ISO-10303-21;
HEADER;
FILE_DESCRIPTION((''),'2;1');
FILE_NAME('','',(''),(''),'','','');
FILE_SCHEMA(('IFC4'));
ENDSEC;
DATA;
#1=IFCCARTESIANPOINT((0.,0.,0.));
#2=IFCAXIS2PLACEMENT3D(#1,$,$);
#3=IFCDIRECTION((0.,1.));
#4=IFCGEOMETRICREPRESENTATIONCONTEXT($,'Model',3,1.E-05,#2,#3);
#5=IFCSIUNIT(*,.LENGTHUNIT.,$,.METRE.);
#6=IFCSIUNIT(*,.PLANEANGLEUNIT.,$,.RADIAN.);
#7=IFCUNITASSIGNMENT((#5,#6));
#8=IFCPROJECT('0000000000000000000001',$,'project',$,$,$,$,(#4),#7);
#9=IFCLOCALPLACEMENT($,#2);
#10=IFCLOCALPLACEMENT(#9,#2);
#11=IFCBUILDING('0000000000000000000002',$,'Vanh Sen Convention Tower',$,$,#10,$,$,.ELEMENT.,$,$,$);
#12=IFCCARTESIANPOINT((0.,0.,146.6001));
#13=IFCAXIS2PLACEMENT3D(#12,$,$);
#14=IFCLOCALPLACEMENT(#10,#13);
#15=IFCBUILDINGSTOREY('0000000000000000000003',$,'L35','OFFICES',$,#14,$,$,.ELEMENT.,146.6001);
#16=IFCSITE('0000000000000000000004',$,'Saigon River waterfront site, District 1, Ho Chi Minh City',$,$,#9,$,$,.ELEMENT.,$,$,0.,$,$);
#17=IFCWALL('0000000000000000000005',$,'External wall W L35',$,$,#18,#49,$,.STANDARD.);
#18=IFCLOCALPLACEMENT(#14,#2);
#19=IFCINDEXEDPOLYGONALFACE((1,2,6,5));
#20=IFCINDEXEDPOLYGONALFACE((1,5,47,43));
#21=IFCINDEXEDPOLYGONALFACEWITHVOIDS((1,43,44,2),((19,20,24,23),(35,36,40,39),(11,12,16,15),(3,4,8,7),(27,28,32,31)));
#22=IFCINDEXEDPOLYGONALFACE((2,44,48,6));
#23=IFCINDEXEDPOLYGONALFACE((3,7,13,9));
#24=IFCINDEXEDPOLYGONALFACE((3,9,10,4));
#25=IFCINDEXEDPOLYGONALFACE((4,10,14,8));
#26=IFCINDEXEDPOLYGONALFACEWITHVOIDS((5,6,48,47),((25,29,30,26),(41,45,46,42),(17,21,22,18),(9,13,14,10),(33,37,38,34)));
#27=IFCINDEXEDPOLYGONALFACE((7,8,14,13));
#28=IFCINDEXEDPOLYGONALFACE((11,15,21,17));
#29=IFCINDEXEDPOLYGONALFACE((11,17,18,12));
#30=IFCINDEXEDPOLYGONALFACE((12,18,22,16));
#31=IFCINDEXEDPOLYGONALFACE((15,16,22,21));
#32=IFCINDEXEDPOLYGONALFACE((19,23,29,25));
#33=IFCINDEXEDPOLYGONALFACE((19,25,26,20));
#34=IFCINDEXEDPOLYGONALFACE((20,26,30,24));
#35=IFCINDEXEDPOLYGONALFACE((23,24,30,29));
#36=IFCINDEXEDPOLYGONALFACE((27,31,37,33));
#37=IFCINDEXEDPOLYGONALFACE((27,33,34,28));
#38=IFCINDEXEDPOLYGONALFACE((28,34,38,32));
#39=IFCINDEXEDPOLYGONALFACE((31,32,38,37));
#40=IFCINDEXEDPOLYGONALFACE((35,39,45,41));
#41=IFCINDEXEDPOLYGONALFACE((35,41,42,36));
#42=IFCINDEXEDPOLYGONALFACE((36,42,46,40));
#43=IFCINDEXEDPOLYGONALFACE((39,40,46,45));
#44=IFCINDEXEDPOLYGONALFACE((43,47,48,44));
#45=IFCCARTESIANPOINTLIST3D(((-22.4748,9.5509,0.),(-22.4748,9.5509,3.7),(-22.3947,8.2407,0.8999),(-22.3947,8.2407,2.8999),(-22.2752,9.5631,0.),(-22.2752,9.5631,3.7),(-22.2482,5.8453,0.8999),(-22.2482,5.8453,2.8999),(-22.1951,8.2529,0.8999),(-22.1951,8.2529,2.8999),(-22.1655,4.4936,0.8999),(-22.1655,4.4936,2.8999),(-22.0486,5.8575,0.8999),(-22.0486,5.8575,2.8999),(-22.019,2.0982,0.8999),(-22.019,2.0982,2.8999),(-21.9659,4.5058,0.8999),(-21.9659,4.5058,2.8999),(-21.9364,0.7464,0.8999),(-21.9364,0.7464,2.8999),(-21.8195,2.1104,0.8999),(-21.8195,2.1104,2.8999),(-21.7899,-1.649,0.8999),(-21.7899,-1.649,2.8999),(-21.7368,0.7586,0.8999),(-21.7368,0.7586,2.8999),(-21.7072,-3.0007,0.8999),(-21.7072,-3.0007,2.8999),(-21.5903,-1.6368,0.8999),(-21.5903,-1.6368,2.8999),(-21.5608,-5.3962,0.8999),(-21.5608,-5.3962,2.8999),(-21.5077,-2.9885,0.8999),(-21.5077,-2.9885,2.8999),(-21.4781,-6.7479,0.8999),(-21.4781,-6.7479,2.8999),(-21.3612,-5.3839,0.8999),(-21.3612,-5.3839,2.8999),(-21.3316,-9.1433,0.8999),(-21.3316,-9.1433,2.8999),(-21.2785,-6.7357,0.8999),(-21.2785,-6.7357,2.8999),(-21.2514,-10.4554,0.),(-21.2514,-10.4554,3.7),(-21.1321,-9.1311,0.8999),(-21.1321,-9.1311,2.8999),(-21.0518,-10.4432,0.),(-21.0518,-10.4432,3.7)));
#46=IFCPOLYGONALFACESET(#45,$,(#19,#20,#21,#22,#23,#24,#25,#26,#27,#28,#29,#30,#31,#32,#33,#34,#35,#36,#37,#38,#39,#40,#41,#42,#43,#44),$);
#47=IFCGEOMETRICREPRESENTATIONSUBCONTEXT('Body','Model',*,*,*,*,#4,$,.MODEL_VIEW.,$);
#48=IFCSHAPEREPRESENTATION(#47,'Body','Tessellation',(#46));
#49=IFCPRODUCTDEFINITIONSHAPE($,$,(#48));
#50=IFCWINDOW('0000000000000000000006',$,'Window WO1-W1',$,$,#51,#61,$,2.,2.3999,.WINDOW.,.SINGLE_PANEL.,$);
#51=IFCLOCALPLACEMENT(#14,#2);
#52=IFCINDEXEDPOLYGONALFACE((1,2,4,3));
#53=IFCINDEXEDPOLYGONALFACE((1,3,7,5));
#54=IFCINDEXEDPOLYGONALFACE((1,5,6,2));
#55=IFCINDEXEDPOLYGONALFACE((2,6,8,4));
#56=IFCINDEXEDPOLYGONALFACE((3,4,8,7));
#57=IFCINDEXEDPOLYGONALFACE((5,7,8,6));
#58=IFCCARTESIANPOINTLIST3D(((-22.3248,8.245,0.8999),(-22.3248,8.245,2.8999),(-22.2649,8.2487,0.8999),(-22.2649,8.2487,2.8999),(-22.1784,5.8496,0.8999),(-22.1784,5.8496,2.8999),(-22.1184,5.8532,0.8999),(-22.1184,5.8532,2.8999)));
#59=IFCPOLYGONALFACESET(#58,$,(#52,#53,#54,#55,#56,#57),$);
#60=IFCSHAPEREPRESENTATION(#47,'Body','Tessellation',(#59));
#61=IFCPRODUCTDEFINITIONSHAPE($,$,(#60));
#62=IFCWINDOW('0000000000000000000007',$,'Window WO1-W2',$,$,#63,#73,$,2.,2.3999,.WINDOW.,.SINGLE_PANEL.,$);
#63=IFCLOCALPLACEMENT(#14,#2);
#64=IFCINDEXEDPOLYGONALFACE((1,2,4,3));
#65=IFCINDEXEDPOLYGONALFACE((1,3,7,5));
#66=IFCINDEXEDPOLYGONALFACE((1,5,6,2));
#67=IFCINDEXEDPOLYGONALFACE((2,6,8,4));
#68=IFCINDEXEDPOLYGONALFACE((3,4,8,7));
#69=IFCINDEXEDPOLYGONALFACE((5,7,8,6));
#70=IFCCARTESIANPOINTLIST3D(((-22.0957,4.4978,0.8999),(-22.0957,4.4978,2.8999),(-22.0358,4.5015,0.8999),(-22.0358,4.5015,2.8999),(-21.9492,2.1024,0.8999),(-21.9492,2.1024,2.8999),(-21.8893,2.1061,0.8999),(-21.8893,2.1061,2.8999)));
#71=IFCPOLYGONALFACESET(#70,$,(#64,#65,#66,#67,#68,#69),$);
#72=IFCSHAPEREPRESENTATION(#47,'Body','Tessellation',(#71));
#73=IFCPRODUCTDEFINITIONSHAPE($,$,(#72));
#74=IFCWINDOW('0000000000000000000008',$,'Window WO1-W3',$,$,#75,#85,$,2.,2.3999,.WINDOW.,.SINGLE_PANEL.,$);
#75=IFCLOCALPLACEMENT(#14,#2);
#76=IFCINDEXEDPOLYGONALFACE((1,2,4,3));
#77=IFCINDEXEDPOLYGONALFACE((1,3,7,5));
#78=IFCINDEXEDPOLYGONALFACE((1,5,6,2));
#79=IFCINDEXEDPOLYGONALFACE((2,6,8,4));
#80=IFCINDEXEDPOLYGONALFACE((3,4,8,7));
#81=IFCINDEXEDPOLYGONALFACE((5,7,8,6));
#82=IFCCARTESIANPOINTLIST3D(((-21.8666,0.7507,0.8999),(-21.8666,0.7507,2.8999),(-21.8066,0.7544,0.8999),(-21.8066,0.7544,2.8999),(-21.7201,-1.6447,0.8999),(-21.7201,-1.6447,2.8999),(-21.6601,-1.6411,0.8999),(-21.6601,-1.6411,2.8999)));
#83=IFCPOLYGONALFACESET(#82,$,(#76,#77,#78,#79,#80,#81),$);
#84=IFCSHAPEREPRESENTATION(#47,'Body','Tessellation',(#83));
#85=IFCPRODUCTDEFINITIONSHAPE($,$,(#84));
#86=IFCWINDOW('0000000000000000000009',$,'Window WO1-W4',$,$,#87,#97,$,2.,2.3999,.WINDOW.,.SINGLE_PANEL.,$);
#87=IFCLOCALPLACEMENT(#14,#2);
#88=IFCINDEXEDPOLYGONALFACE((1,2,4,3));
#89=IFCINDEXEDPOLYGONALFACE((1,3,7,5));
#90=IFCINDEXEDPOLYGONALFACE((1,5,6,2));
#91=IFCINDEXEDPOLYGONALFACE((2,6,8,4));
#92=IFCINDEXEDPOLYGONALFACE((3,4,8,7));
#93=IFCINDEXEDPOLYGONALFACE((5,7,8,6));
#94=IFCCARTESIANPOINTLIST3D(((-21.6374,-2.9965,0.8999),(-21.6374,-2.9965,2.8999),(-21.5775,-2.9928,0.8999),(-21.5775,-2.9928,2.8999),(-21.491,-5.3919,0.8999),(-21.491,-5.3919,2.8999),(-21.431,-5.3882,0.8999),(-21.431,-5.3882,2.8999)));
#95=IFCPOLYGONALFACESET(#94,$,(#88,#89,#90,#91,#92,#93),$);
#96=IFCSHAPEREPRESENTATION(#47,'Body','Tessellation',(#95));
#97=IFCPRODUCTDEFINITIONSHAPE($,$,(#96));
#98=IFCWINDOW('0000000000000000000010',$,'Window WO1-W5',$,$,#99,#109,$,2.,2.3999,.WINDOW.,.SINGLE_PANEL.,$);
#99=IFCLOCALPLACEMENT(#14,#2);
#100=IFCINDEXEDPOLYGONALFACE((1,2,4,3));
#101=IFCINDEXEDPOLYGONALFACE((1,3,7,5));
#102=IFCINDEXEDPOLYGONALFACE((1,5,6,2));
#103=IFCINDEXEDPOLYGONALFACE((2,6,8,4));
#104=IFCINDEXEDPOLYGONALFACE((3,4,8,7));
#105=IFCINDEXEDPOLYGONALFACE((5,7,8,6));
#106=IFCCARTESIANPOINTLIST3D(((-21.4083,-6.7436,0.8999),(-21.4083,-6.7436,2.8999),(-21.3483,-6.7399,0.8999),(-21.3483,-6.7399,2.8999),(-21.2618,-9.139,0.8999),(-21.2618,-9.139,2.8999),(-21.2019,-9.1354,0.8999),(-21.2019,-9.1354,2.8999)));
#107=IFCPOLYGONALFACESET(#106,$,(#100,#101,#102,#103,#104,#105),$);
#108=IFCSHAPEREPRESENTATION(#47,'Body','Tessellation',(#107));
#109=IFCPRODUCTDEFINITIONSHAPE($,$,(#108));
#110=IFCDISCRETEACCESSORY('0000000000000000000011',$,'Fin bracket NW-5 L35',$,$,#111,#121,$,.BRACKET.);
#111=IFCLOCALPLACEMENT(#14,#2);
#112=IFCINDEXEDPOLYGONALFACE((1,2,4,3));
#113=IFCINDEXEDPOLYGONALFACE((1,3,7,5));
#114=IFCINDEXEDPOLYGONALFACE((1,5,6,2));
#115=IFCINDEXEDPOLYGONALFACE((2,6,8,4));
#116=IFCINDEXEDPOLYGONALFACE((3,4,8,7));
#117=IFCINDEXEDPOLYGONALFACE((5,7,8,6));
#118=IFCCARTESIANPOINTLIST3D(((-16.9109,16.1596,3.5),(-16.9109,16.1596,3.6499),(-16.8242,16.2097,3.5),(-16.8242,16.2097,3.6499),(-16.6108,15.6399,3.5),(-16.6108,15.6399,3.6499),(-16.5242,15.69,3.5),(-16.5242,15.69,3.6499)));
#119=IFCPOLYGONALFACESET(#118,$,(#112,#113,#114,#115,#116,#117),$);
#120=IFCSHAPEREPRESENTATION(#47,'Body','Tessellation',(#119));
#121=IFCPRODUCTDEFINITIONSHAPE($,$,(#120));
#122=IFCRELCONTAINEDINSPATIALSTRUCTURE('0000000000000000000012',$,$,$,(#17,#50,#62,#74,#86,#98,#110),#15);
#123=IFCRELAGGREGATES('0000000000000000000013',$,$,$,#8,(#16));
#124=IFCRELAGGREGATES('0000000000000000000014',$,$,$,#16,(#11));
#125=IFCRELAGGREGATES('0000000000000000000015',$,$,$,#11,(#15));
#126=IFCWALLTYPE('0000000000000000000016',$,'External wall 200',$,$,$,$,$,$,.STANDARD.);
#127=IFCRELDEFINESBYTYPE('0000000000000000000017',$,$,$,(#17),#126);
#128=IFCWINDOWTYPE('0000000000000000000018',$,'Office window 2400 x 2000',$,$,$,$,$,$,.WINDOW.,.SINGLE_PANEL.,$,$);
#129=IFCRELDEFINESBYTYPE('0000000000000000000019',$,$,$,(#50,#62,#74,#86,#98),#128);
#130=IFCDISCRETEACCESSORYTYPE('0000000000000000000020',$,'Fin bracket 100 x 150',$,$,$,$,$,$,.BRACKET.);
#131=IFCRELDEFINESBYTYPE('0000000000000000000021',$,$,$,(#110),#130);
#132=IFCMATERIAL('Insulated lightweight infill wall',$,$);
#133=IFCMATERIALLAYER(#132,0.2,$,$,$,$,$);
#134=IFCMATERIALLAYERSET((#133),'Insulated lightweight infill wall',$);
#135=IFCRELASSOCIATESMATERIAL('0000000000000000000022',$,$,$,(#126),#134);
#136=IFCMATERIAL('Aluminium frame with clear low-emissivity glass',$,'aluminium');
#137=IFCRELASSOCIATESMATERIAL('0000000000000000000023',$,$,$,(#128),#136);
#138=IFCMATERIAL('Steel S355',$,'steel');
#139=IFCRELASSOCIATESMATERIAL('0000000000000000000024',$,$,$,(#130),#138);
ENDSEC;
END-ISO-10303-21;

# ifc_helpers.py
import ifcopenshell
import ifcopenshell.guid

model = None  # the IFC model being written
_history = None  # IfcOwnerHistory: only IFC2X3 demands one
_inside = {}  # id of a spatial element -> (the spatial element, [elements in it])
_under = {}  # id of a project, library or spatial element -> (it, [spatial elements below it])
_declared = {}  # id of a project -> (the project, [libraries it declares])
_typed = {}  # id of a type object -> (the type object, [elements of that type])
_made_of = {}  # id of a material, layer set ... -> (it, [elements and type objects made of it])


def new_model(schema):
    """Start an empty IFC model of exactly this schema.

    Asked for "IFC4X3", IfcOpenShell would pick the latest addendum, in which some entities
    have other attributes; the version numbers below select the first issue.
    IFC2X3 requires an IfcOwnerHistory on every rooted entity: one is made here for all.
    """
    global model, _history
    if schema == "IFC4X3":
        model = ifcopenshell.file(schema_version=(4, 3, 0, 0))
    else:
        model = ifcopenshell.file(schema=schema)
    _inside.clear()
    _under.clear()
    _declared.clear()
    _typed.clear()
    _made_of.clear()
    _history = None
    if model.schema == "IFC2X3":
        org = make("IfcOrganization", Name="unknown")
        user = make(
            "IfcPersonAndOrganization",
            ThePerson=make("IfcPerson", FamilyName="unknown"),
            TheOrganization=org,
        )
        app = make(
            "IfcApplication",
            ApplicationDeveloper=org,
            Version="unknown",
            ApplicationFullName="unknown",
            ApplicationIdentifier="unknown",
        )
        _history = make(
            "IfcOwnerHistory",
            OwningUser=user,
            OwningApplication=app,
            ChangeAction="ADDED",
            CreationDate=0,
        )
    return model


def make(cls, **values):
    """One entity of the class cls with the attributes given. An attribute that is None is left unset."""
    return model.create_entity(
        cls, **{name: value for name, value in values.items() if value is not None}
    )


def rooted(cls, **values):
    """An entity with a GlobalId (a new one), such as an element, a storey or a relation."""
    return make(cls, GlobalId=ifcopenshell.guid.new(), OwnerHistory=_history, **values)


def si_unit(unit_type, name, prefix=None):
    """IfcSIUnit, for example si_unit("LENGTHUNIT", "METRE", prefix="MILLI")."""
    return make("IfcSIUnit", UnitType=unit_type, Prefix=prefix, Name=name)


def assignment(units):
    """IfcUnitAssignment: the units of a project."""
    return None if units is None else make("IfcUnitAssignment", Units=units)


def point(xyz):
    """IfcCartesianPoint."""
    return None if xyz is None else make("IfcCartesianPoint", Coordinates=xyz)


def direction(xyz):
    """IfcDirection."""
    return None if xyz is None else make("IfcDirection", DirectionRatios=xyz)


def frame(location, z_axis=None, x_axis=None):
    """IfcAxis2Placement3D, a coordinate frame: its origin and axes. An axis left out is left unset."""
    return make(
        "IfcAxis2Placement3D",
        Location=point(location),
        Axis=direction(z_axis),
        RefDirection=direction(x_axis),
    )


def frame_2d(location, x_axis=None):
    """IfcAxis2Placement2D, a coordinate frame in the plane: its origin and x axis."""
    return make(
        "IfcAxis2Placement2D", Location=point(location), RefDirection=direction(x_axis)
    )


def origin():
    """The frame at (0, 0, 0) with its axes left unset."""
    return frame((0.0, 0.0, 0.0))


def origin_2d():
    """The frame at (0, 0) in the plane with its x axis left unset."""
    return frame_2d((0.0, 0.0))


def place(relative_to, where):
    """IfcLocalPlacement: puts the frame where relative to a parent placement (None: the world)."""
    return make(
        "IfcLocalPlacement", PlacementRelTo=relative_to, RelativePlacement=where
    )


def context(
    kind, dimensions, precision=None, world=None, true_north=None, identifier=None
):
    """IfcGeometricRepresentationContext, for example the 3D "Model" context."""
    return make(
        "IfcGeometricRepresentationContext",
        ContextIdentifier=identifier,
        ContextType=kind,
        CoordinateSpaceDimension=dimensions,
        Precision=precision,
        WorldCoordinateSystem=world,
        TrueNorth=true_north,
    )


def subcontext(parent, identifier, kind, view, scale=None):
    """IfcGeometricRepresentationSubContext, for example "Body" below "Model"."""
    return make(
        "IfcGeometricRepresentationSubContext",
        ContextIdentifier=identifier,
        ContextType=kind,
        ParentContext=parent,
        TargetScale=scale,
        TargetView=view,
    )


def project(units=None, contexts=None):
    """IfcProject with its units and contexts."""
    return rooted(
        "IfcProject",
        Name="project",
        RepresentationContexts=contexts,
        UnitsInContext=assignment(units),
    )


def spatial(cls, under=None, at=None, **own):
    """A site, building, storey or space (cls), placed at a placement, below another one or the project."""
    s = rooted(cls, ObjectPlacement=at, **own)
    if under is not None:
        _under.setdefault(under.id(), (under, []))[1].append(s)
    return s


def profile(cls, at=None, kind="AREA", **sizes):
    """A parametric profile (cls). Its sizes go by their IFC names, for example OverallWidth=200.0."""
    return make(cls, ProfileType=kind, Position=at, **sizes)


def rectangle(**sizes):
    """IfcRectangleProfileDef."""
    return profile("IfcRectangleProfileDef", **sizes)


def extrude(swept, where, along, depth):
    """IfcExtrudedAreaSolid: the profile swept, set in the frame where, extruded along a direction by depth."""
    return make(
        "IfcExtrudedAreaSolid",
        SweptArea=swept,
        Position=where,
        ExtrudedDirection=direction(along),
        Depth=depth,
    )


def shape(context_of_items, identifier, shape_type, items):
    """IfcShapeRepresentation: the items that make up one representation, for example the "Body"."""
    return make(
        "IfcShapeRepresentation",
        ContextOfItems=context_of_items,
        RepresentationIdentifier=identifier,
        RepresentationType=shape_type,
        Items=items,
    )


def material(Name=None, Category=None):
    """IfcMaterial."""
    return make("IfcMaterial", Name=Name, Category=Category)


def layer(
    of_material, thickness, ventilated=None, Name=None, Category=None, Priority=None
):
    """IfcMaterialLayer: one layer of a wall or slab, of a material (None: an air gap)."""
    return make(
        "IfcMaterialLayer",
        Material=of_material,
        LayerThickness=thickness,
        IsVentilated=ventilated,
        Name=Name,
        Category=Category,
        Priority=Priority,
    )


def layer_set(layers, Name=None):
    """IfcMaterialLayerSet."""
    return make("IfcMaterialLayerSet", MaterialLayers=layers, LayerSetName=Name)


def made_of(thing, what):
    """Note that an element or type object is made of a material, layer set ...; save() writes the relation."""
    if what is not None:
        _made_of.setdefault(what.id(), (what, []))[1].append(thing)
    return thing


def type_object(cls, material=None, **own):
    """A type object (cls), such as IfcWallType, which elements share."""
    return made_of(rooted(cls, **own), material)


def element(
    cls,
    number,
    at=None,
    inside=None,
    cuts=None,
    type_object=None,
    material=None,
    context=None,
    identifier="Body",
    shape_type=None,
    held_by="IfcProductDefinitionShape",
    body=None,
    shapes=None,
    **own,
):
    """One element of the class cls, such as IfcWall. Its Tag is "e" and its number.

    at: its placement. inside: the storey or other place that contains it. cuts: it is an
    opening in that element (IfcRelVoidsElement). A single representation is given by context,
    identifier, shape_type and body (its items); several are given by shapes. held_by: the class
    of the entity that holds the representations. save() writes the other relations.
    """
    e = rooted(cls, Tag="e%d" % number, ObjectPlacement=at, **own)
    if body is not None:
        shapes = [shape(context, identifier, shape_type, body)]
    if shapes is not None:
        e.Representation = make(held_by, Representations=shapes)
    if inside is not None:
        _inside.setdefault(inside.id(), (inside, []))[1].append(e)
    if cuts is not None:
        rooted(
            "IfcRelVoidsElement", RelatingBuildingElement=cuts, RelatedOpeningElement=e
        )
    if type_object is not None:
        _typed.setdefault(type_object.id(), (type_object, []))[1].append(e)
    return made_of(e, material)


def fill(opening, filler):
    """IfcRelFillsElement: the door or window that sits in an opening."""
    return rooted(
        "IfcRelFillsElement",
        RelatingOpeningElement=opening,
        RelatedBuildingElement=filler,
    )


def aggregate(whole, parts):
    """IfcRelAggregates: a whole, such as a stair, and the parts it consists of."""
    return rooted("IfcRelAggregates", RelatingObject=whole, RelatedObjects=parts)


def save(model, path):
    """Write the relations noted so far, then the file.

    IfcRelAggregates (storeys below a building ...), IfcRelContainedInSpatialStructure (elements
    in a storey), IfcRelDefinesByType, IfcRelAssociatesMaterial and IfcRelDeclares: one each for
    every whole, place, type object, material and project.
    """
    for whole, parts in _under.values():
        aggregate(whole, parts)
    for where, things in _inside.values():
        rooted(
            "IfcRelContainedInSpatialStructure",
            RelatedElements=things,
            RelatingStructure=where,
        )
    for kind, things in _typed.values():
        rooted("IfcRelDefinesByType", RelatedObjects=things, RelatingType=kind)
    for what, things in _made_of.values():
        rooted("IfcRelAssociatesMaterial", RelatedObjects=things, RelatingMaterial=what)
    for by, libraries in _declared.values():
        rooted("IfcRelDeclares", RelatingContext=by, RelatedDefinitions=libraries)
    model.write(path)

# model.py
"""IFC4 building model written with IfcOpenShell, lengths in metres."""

from ifc_helpers import new_model, si_unit, direction, frame, frame_2d, origin, origin_2d, place, context, subcontext, project, spatial, rectangle, extrude, material, layer, layer_set, type_object, element, fill, save


model = new_model("IFC4")

# Units and contexts
model_context = context("Model", 3, precision=1e-05, world=origin(), true_north=direction((0.0, 1.0)))
body_context = subcontext(model_context, "Body", "Model", "MODEL_VIEW")
ifc_project = project(units=[si_unit("LENGTHUNIT", "METRE"), si_unit("PLANEANGLEUNIT", "RADIAN")], contexts=[model_context])

# Site, building, storey
site_placement = place(None, origin())
site = spatial("IfcSite", under=ifc_project, at=site_placement, Name="Saigon River waterfront site, District 1, Ho Chi Minh City", CompositionType="ELEMENT", RefElevation=0.0)
building_placement = place(site_placement, origin())
building = spatial("IfcBuilding", under=site, at=building_placement, Name="Vanh Sen Convention Tower", CompositionType="ELEMENT")
storey_placement = place(building_placement, frame((0.0, 0.0, 146.6001)))
storey = spatial("IfcBuildingStorey", under=building, at=storey_placement, Name="L35", Description="OFFICES", CompositionType="ELEMENT", Elevation=146.6001)

# Shared definitions
ifc_material_1 = material(Name="Insulated lightweight infill wall")
ifc_layer_1 = layer(ifc_material_1, 0.2)
ifc_layer_set_1 = layer_set([ifc_layer_1], Name="Insulated lightweight infill wall")
wall_type_1 = type_object("IfcWallType", Name="External wall 200", PredefinedType="STANDARD", material=ifc_layer_set_1)
ifc_material_2 = material(Name="Aluminium frame with clear low-emissivity glass", Category="aluminium")

# Wall, openings, windows
wall_1_placement = place(storey_placement, frame((-22.375, 9.5571, 0.0), z_axis=(0.0, 0.0, 1.0), x_axis=(0.061036, -0.998136, 0.0)))
wall_1 = element("IfcWall", 1, at=wall_1_placement, inside=storey, type_object=wall_type_1, Name="External wall W L35", PredefinedType="STANDARD", context=body_context, shape_type="SweptSolid", body=[
    extrude(rectangle(XDim=20.0437, YDim=0.2, at=frame_2d((10.022, 0.0))), origin(), (0.0, 0.0, 1.0), 3.7),
])
opening_1_placement = place(wall_1_placement, frame((1.3127, 0.0, 0.8999)))
opening_1 = element("IfcOpeningElement", 2, at=opening_1_placement, cuts=wall_1, PredefinedType="OPENING", context=body_context, shape_type="SweptSolid", body=[
    extrude(rectangle(XDim=2.3999, YDim=2.0, at=frame_2d((1.2, 1.0))), frame((0.0, 0.1099, 0.0), z_axis=(0.0, -1.0, 0.0), x_axis=(1.0, 0.0, 0.0)), (0.0, 0.0, 1.0), 0.22),
])
opening_2_placement = place(wall_1_placement, frame((5.0669, 0.0, 0.8999)))
opening_2 = element("IfcOpeningElement", 3, at=opening_2_placement, cuts=wall_1, PredefinedType="OPENING", context=body_context, shape_type="SweptSolid", body=[
    extrude(rectangle(XDim=2.3999, YDim=2.0, at=frame_2d((1.2, 1.0))), frame((0.0, 0.1099, 0.0), z_axis=(0.0, -1.0, 0.0), x_axis=(1.0, 0.0, 0.0)), (0.0, 0.0, 1.0), 0.22),
])
opening_3_placement = place(wall_1_placement, frame((8.821, 0.0, 0.8999)))
opening_3 = element("IfcOpeningElement", 4, at=opening_3_placement, cuts=wall_1, PredefinedType="OPENING", context=body_context, shape_type="SweptSolid", body=[
    extrude(rectangle(XDim=2.3999, YDim=2.0, at=frame_2d((1.2, 1.0))), frame((0.0, 0.1099, 0.0), z_axis=(0.0, -1.0, 0.0), x_axis=(1.0, 0.0, 0.0)), (0.0, 0.0, 1.0), 0.22),
])
opening_4_placement = place(wall_1_placement, frame((12.5752, 0.0, 0.8999)))
opening_4 = element("IfcOpeningElement", 5, at=opening_4_placement, cuts=wall_1, PredefinedType="OPENING", context=body_context, shape_type="SweptSolid", body=[
    extrude(rectangle(XDim=2.3999, YDim=2.0, at=frame_2d((1.2, 1.0))), frame((0.0, 0.1099, 0.0), z_axis=(0.0, -1.0, 0.0), x_axis=(1.0, 0.0, 0.0)), (0.0, 0.0, 1.0), 0.22),
])
opening_5_placement = place(wall_1_placement, frame((16.3293, 0.0, 0.8999)))
opening_5 = element("IfcOpeningElement", 6, at=opening_5_placement, cuts=wall_1, PredefinedType="OPENING", context=body_context, shape_type="SweptSolid", body=[
    extrude(rectangle(XDim=2.3999, YDim=2.0, at=frame_2d((1.2, 1.0))), frame((0.0, 0.1099, 0.0), z_axis=(0.0, -1.0, 0.0), x_axis=(1.0, 0.0, 0.0)), (0.0, 0.0, 1.0), 0.22),
])
window_type_1 = type_object("IfcWindowType", Name="Office window 2400 x 2000", PartitioningType="SINGLE_PANEL", PredefinedType="WINDOW", material=ifc_material_2)
window_1_placement = place(opening_1_placement, origin())
window_1 = element("IfcWindow", 7, at=window_1_placement, inside=storey, type_object=window_type_1, Name="Window WO1-W1", OverallHeight=2.0, OverallWidth=2.3999, PartitioningType="SINGLE_PANEL", PredefinedType="WINDOW", context=body_context, shape_type="SweptSolid", body=[
    extrude(rectangle(XDim=2.3999, YDim=2.0, at=frame_2d((1.2, 1.0))), frame((0.0, 0.03, 0.0), z_axis=(0.0, -1.0, 0.0), x_axis=(1.0, 0.0, 0.0)), (0.0, 0.0, 1.0), 0.0601),
])
fill(opening_1, window_1)
window_2_placement = place(opening_2_placement, origin())
window_2 = element("IfcWindow", 8, at=window_2_placement, inside=storey, type_object=window_type_1, Name="Window WO1-W2", OverallHeight=2.0, OverallWidth=2.3999, PartitioningType="SINGLE_PANEL", PredefinedType="WINDOW", context=body_context, shape_type="SweptSolid", body=[
    extrude(rectangle(XDim=2.3999, YDim=2.0, at=frame_2d((1.2, 1.0))), frame((0.0, 0.03, 0.0), z_axis=(0.0, -1.0, 0.0), x_axis=(1.0, 0.0, 0.0)), (0.0, 0.0, 1.0), 0.0601),
])
fill(opening_2, window_2)
window_3_placement = place(opening_3_placement, origin())
window_3 = element("IfcWindow", 9, at=window_3_placement, inside=storey, type_object=window_type_1, Name="Window WO1-W3", OverallHeight=2.0, OverallWidth=2.3999, PartitioningType="SINGLE_PANEL", PredefinedType="WINDOW", context=body_context, shape_type="SweptSolid", body=[
    extrude(rectangle(XDim=2.3999, YDim=2.0, at=frame_2d((1.2, 1.0))), frame((0.0, 0.03, 0.0), z_axis=(0.0, -1.0, 0.0), x_axis=(1.0, 0.0, 0.0)), (0.0, 0.0, 1.0), 0.0601),
])
fill(opening_3, window_3)
window_4_placement = place(opening_4_placement, origin())
window_4 = element("IfcWindow", 10, at=window_4_placement, inside=storey, type_object=window_type_1, Name="Window WO1-W4", OverallHeight=2.0, OverallWidth=2.3999, PartitioningType="SINGLE_PANEL", PredefinedType="WINDOW", context=body_context, shape_type="SweptSolid", body=[
    extrude(rectangle(XDim=2.3999, YDim=2.0, at=frame_2d((1.2, 1.0))), frame((0.0, 0.03, 0.0), z_axis=(0.0, -1.0, 0.0), x_axis=(1.0, 0.0, 0.0)), (0.0, 0.0, 1.0), 0.0601),
])
fill(opening_4, window_4)
window_5_placement = place(opening_5_placement, origin())
window_5 = element("IfcWindow", 11, at=window_5_placement, inside=storey, type_object=window_type_1, Name="Window WO1-W5", OverallHeight=2.0, OverallWidth=2.3999, PartitioningType="SINGLE_PANEL", PredefinedType="WINDOW", context=body_context, shape_type="SweptSolid", body=[
    extrude(rectangle(XDim=2.3999, YDim=2.0, at=frame_2d((1.2, 1.0))), frame((0.0, 0.03, 0.0), z_axis=(0.0, -1.0, 0.0), x_axis=(1.0, 0.0, 0.0)), (0.0, 0.0, 1.0), 0.0601),
])
fill(opening_5, window_5)

# Discrete accessory
ifc_material_3 = material(Name="Steel S355", Category="steel")
discrete_accessory_type = type_object("IfcDiscreteAccessoryType", Name="Fin bracket 100 x 150", PredefinedType="BRACKET", material=ifc_material_3)
discrete_accessory_placement = place(storey_placement, frame((-16.7175, 15.9248, 3.5), z_axis=(0.0, 0.0, 1.0), x_axis=(-0.5, 0.866025, 0.0)))
element("IfcDiscreteAccessory", 12, at=discrete_accessory_placement, inside=storey, type_object=discrete_accessory_type, Name="Fin bracket NW-5 L35", PredefinedType="BRACKET", context=body_context, shape_type="SweptSolid", body=[
    extrude(rectangle(XDim=0.6001, YDim=0.1001, at=origin_2d()), origin(), (0.0, 0.0, 1.0), 0.1499),
])

save(model, "model.ifc")
